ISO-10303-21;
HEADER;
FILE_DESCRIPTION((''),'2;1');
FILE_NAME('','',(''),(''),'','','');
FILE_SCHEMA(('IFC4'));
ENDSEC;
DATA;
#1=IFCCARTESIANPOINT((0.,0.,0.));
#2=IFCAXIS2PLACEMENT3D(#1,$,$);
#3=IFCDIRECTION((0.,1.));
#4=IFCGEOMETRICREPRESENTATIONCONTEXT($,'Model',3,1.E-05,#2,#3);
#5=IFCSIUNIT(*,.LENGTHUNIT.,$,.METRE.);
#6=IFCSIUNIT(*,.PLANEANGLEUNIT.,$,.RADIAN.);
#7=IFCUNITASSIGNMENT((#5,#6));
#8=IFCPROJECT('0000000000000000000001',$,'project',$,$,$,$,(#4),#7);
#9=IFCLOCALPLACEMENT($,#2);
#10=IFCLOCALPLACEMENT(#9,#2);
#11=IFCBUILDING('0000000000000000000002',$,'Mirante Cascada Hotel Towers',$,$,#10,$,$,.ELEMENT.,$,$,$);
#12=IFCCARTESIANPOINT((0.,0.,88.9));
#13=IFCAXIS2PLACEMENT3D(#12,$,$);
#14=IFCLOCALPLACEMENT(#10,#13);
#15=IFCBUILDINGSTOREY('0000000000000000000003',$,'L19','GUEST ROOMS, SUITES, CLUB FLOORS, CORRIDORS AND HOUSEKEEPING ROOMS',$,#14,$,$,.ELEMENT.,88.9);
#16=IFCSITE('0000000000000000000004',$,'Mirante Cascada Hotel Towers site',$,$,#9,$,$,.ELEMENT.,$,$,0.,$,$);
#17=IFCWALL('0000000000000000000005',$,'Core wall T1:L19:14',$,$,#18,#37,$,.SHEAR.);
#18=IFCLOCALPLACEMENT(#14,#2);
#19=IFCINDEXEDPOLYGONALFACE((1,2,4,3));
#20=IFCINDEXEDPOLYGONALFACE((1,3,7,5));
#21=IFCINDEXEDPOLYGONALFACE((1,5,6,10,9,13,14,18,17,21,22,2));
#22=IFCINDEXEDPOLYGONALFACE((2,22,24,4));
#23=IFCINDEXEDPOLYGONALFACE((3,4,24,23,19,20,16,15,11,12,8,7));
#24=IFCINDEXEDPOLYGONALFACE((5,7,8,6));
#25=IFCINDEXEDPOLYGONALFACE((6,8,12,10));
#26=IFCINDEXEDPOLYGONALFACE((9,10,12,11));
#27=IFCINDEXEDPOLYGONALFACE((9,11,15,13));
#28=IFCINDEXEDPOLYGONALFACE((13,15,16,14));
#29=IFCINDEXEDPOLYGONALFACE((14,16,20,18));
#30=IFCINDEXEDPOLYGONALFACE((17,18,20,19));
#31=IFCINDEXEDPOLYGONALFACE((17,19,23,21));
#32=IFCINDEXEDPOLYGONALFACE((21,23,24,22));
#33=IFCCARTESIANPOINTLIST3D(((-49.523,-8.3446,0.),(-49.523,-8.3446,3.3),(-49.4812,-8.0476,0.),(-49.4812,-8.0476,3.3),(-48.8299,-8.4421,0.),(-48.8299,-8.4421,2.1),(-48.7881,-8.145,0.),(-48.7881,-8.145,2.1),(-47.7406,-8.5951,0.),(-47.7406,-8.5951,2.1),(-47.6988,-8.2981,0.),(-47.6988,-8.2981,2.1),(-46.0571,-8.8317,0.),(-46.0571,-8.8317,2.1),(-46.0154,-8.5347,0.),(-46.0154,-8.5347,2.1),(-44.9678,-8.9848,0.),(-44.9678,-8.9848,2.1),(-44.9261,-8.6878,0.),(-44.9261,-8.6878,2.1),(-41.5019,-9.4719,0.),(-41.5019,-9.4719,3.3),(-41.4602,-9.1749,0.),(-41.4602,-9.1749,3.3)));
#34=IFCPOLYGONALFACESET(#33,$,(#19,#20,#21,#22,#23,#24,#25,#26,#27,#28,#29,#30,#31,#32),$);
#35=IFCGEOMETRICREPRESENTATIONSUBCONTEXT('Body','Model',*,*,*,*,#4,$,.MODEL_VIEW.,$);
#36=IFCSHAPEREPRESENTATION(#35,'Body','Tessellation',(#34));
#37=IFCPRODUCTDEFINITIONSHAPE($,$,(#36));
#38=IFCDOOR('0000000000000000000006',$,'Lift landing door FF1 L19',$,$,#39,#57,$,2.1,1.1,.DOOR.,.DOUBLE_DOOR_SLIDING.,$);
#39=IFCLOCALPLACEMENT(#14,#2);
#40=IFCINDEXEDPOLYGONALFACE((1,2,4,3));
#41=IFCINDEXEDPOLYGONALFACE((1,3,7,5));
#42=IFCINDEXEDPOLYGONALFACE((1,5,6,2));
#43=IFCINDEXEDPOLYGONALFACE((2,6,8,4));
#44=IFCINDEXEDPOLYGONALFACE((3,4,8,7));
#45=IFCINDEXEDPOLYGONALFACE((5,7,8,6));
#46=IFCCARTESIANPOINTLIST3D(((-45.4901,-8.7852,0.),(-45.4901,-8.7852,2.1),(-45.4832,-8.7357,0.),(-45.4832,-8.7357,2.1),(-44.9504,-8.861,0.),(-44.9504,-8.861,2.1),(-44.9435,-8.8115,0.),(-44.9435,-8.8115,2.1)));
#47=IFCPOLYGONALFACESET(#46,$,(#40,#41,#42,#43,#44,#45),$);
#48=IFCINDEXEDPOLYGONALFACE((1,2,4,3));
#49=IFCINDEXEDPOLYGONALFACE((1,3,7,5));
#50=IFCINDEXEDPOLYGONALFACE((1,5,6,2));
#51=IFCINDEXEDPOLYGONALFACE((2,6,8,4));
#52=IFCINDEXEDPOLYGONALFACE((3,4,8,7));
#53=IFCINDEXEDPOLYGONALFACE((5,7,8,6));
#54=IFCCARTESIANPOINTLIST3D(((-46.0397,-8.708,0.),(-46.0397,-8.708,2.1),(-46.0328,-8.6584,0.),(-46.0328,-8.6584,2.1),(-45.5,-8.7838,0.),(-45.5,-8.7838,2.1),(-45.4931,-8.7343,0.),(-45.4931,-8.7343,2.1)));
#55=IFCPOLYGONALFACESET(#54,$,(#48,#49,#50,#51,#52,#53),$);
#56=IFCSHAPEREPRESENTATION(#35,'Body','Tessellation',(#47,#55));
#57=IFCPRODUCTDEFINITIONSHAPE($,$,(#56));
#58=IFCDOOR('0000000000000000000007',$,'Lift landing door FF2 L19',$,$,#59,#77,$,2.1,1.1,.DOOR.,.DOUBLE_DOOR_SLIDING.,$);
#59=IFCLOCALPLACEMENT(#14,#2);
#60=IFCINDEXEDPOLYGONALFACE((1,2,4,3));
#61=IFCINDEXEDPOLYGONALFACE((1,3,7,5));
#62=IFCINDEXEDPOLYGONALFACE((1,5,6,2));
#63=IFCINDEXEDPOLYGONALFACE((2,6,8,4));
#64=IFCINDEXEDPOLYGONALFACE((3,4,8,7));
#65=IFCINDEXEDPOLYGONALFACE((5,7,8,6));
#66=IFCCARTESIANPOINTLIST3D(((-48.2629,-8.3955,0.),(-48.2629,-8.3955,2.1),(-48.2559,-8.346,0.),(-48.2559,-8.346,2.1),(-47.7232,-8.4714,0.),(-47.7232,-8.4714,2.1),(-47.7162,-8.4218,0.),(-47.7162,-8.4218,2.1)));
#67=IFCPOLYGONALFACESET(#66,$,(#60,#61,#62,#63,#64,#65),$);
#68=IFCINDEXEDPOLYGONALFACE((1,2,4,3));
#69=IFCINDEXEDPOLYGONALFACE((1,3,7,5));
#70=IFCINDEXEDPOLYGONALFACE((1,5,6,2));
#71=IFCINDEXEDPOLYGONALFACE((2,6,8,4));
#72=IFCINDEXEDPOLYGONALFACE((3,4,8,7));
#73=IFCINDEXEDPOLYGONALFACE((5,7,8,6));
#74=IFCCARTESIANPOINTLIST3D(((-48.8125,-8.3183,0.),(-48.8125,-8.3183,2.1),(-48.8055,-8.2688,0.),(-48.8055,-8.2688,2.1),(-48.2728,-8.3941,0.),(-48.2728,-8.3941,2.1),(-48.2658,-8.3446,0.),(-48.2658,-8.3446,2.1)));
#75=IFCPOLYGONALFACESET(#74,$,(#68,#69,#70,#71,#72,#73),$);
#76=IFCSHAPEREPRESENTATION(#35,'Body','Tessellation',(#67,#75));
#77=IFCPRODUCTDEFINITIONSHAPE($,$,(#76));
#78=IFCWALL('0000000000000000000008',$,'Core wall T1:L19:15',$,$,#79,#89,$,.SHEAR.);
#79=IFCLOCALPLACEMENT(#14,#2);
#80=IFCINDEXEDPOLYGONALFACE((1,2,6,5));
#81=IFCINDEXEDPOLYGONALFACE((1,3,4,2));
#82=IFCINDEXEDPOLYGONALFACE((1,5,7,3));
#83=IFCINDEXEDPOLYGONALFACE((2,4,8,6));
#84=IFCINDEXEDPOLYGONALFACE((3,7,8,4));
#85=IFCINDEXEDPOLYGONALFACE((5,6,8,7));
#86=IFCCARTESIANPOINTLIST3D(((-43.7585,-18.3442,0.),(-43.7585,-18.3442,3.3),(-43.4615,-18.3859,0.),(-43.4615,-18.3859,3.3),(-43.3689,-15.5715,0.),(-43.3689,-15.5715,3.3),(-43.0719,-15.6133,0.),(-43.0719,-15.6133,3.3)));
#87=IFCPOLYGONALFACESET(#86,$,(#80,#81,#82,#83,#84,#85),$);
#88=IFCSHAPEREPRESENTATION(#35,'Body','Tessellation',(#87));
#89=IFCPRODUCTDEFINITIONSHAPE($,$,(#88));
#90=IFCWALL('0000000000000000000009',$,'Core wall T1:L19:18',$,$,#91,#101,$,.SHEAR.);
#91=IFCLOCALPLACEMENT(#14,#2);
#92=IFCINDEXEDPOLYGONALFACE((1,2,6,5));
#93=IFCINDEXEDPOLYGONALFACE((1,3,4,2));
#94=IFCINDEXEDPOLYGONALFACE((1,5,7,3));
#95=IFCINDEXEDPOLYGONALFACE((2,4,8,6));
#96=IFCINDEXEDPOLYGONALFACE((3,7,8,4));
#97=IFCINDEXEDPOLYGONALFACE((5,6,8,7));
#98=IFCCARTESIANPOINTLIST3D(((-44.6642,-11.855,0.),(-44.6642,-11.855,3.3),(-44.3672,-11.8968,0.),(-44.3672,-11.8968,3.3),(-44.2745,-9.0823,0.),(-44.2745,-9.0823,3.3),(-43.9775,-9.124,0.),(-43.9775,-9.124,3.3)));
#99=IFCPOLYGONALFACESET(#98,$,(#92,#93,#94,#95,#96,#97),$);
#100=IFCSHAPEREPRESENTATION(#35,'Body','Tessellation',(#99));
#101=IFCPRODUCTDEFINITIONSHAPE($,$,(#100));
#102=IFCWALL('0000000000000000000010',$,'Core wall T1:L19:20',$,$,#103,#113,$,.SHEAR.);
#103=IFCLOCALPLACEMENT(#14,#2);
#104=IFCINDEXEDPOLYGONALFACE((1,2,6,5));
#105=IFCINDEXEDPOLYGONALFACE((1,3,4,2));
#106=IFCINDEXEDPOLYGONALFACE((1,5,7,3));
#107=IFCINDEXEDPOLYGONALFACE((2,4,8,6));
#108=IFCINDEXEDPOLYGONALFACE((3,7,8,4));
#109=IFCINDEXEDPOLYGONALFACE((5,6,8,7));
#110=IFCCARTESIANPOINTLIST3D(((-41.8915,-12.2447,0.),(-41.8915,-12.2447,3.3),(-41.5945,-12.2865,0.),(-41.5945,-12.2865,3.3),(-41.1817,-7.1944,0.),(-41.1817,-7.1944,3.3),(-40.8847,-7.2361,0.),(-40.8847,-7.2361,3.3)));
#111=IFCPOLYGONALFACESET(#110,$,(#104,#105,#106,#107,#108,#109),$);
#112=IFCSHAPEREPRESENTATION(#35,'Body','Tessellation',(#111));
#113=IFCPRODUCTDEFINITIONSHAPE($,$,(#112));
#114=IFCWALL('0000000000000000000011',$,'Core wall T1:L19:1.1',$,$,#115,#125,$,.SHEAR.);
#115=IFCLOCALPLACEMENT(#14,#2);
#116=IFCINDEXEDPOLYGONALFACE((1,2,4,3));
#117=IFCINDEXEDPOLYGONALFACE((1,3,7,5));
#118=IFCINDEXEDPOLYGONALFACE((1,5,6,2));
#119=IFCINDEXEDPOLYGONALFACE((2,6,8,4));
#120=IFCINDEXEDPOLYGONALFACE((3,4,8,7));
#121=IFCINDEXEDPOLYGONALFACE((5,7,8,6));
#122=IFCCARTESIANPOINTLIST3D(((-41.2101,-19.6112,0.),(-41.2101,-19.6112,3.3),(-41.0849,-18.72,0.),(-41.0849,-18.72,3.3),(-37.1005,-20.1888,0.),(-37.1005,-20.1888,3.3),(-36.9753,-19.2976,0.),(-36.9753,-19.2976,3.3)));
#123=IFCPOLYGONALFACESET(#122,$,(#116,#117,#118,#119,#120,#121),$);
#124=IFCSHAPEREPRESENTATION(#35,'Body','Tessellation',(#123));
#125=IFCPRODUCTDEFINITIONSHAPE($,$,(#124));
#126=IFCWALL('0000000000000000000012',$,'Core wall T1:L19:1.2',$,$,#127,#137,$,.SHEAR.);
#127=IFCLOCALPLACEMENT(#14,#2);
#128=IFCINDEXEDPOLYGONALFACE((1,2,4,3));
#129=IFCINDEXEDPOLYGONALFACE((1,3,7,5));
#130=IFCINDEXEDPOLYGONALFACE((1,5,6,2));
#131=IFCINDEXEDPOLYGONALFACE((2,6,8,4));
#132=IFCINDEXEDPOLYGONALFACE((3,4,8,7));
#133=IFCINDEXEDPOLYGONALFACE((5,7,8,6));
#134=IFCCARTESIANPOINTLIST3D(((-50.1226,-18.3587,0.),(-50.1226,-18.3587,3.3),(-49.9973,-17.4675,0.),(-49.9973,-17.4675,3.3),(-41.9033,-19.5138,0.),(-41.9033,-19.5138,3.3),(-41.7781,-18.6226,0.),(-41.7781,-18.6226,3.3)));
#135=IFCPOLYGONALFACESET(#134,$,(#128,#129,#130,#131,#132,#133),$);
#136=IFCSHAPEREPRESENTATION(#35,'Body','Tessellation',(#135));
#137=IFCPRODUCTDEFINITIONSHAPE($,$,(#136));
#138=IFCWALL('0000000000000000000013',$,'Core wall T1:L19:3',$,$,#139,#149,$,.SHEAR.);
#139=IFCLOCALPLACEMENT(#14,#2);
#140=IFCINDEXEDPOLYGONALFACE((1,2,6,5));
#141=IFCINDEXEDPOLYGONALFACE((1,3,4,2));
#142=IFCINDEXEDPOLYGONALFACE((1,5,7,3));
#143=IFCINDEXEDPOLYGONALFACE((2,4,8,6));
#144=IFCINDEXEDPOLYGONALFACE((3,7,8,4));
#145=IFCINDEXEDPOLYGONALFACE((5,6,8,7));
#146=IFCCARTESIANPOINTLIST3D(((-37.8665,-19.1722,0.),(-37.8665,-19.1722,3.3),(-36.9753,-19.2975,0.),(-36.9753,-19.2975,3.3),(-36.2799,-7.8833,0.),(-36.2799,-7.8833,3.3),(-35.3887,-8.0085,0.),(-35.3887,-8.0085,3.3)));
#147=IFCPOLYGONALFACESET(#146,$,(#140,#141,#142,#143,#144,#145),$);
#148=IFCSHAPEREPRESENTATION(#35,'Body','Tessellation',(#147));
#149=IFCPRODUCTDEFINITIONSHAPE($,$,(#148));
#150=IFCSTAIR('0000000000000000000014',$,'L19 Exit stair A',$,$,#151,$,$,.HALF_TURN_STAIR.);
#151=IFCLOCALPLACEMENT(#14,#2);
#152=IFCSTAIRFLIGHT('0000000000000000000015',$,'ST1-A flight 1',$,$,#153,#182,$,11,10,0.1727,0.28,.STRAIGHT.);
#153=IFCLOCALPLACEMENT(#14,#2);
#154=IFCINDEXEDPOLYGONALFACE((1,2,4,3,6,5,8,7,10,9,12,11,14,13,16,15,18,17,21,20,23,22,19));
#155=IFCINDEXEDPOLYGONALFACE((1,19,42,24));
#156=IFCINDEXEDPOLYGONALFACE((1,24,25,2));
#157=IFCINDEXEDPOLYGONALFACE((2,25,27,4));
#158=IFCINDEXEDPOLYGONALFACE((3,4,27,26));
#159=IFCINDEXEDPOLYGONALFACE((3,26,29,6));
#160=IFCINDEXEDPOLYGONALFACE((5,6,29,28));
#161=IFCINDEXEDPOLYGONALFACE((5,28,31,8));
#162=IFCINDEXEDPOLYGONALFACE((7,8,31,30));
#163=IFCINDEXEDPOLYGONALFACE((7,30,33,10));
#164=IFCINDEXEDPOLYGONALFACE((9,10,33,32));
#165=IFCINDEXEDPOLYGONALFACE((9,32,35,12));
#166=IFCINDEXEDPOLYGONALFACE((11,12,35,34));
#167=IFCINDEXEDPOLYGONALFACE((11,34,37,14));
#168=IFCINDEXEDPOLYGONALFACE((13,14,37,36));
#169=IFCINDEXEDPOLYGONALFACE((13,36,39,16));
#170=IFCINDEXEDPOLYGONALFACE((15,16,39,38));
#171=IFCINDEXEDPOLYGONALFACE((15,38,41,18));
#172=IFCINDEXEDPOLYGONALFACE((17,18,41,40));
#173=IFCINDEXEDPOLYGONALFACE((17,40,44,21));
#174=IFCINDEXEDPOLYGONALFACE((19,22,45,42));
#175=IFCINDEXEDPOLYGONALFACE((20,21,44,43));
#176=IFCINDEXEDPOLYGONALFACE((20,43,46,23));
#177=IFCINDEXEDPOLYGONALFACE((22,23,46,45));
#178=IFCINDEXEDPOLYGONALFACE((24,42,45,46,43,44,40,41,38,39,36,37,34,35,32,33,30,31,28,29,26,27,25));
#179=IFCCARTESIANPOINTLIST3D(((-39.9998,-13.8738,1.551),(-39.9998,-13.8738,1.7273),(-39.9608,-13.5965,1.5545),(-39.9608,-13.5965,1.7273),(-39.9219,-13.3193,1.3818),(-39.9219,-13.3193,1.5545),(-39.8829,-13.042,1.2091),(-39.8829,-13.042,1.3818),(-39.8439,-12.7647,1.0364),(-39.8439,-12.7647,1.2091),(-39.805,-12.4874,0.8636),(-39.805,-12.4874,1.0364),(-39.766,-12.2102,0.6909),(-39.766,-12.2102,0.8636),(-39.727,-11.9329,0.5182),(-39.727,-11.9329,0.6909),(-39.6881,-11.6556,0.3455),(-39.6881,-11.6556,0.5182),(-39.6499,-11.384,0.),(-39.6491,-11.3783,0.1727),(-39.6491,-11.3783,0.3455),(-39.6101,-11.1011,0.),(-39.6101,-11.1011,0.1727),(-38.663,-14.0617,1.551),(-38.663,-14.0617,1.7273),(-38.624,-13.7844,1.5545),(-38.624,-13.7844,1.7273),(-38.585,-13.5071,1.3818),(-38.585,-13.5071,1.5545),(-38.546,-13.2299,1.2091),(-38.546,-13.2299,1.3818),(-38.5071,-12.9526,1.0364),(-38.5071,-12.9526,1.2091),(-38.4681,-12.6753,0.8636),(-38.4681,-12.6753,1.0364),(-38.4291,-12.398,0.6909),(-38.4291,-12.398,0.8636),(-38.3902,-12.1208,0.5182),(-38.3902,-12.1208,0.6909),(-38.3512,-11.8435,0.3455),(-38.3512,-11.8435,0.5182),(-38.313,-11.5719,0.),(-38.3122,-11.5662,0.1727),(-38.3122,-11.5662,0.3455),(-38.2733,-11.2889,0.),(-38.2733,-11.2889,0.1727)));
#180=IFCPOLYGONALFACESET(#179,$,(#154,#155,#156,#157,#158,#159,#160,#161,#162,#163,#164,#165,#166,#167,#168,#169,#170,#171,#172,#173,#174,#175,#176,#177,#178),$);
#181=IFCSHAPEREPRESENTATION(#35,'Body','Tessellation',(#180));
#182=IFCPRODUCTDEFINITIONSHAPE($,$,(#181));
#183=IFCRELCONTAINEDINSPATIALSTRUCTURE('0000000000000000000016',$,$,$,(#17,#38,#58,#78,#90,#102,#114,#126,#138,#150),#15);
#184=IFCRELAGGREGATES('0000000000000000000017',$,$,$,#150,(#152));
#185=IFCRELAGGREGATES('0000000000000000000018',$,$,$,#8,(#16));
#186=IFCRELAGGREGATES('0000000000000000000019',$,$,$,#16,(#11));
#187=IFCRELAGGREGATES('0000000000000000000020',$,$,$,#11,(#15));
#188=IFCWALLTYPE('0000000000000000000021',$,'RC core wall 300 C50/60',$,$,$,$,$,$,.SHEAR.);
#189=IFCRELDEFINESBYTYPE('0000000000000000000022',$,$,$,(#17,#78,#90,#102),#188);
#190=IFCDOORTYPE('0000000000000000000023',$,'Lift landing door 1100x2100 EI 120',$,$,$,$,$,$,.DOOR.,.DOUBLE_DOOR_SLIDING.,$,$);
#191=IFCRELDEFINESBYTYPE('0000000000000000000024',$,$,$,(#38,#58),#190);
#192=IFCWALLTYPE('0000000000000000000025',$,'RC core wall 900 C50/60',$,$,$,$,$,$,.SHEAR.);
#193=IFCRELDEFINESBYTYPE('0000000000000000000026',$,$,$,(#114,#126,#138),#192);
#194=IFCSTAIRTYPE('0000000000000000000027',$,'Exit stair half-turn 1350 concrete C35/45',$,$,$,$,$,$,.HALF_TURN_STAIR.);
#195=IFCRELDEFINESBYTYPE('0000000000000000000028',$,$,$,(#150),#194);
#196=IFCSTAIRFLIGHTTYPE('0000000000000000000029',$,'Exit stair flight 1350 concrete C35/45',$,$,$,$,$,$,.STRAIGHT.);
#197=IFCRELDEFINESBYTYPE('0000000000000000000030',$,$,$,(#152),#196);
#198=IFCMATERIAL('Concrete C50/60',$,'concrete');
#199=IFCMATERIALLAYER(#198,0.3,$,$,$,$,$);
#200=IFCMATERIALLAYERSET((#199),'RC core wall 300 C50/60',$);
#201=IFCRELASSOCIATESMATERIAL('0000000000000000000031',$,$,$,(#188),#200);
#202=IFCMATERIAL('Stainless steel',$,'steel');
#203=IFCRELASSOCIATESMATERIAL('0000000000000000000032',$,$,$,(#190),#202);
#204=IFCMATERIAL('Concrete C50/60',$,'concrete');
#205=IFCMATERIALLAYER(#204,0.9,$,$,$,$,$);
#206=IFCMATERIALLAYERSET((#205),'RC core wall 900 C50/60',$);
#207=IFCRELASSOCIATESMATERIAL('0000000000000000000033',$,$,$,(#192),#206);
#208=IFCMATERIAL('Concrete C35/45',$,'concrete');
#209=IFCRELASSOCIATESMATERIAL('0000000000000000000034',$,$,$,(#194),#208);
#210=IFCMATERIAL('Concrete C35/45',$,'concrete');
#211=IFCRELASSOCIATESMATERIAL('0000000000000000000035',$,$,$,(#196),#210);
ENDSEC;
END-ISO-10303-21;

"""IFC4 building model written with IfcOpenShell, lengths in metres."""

from ifc_helpers import new_model, si_unit, direction, frame, frame_2d, origin, place, context, subcontext, project, spatial, polyline, rectangle, outline, extrude, material, layer, layer_set, type_object, element, fill, aggregate, save


model = new_model("IFC4")

# Units and contexts
model_context = context("Model", 3, precision=1e-05, world=origin(), true_north=direction((0.0, 1.0)))
body_context = subcontext(model_context, "Body", "Model", "MODEL_VIEW")
ifc_project = project(units=[si_unit("LENGTHUNIT", "METRE"), si_unit("PLANEANGLEUNIT", "RADIAN")], contexts=[model_context])

# Site, building, storey
site_placement = place(None, origin())
site = spatial("IfcSite", under=ifc_project, at=site_placement, Name="Mirante Cascada Hotel Towers site", CompositionType="ELEMENT", RefElevation=0.0)
building_placement = place(site_placement, origin())
building = spatial("IfcBuilding", under=site, at=building_placement, Name="Mirante Cascada Hotel Towers", CompositionType="ELEMENT")
storey_placement = place(building_placement, frame((0.0, 0.0, 88.9)))
storey = spatial("IfcBuildingStorey", under=building, at=storey_placement, Name="L19", Description="GUEST ROOMS, SUITES, CLUB FLOORS, CORRIDORS AND HOUSEKEEPING ROOMS", CompositionType="ELEMENT", Elevation=88.9)

# Shared definitions
ifc_material_1 = material(Name="Concrete C50/60", Category="concrete")
ifc_layer_1 = layer(ifc_material_1, 0.3)
ifc_layer_set_1 = layer_set([ifc_layer_1], Name="RC core wall 300 C50/60")
wall_type_1 = type_object("IfcWallType", Name="RC core wall 300 C50/60", PredefinedType="SHEAR", material=ifc_layer_set_1)

# Shared definitions
ifc_material_2 = material(Name="Stainless steel", Category="steel")
door_type_1 = type_object("IfcDoorType", Name="Lift landing door 1100x2100 EI 120", OperationType="DOUBLE_DOOR_SLIDING", PredefinedType="DOOR", material=ifc_material_2)

# Wall, openings, doors
wall_1_placement = place(storey_placement, frame((-41.481, -9.3234, 0.0), z_axis=(0.0, 0.0, 1.0), x_axis=(-0.990268, 0.139174, 0.0)))
wall_1 = element("IfcWall", 1, at=wall_1_placement, inside=storey, type_object=wall_type_1, Name="Core wall T1:L19:14", PredefinedType="SHEAR", context=body_context, shape_type="SweptSolid", body=[
    extrude(rectangle(XDim=8.0999, YDim=0.3, at=frame_2d((4.05, 0.0))), origin(), (0.0, 0.0, 1.0), 3.3),
])
opening_1_placement = place(wall_1_placement, frame((3.5, 0.0, 0.0)))
opening_1 = element("IfcOpeningElement", 2, at=opening_1_placement, cuts=wall_1, PredefinedType="OPENING", context=body_context, shape_type="SweptSolid", body=[
    extrude(rectangle(XDim=1.1, YDim=2.1, at=frame_2d((0.55, 1.05))), frame((0.0, 0.15, 0.0), z_axis=(0.0, -1.0, 0.0), x_axis=(1.0, 0.0, 0.0)), (0.0, 0.0, 1.0), 0.3),
])
opening_2_placement = place(wall_1_placement, frame((6.3, 0.0, 0.0)))
opening_2 = element("IfcOpeningElement", 3, at=opening_2_placement, cuts=wall_1, PredefinedType="OPENING", context=body_context, shape_type="SweptSolid", body=[
    extrude(rectangle(XDim=1.1, YDim=2.1, at=frame_2d((0.55, 1.05))), frame((0.0, 0.15, 0.0), z_axis=(0.0, -1.0, 0.0), x_axis=(1.0, 0.0, 0.0)), (0.0, 0.0, 1.0), 0.3),
])
door_1_placement = place(opening_1_placement, origin())
door_1 = element("IfcDoor", 4, at=door_1_placement, inside=storey, type_object=door_type_1, Name="Lift landing door FF1 L19", OperationType="DOUBLE_DOOR_SLIDING", OverallHeight=2.1, OverallWidth=1.1, PredefinedType="DOOR", context=body_context, shape_type="SweptSolid", body=[
    extrude(rectangle(XDim=0.545, YDim=2.1, at=frame_2d((0.2725, 1.05))), frame((0.0, 0.025, 0.0), z_axis=(0.0, -1.0, 0.0), x_axis=(1.0, 0.0, 0.0)), (0.0, 0.0, 1.0), 0.05),
    extrude(rectangle(XDim=0.545, YDim=2.1, at=frame_2d((0.8275, 1.05))), frame((0.0, 0.025, 0.0), z_axis=(0.0, -1.0, 0.0), x_axis=(1.0, 0.0, 0.0)), (0.0, 0.0, 1.0), 0.05),
])
fill(opening_1, door_1)
door_2_placement = place(opening_2_placement, origin())
door_2 = element("IfcDoor", 5, at=door_2_placement, inside=storey, type_object=door_type_1, Name="Lift landing door FF2 L19", OperationType="DOUBLE_DOOR_SLIDING", OverallHeight=2.1, OverallWidth=1.1, PredefinedType="DOOR", context=body_context, shape_type="SweptSolid", body=[
    extrude(rectangle(XDim=0.545, YDim=2.1, at=frame_2d((0.2725, 1.05))), frame((0.0, 0.025, 0.0), z_axis=(0.0, -1.0, 0.0), x_axis=(1.0, 0.0, 0.0)), (0.0, 0.0, 1.0), 0.05),
    extrude(rectangle(XDim=0.545, YDim=2.1, at=frame_2d((0.8275, 1.05))), frame((0.0, 0.025, 0.0), z_axis=(0.0, -1.0, 0.0), x_axis=(1.0, 0.0, 0.0)), (0.0, 0.0, 1.0), 0.05),
])
fill(opening_2, door_2)

# Walls
wall_2_placement = place(storey_placement, frame((-43.61, -18.3651, 0.0), z_axis=(0.0, 0.0, 1.0), x_axis=(0.139146, 0.990272, 0.0)))
element("IfcWall", 6, at=wall_2_placement, inside=storey, type_object=wall_type_1, Name="Core wall T1:L19:15", PredefinedType="SHEAR", context=body_context, shape_type="SweptSolid", body=[
    extrude(rectangle(XDim=2.7999, YDim=0.3, at=frame_2d((1.4, 0.0))), origin(), (0.0, 0.0, 1.0), 3.3),
])
wall_3_placement = place(storey_placement, frame((-44.5157, -11.8759, 0.0), z_axis=(0.0, 0.0, 1.0), x_axis=(0.139181, 0.990267, 0.0)))
element("IfcWall", 7, at=wall_3_placement, inside=storey, type_object=wall_type_1, Name="Core wall T1:L19:18", PredefinedType="SHEAR", context=body_context, shape_type="SweptSolid", body=[
    extrude(rectangle(XDim=2.8, YDim=0.3, at=frame_2d((1.4, 0.0))), origin(), (0.0, 0.0, 1.0), 3.3),
])
wall_4_placement = place(storey_placement, frame((-41.743, -12.2656, 0.0), z_axis=(0.0, 0.0, 1.0), x_axis=(0.139176, 0.990268, 0.0)))
element("IfcWall", 8, at=wall_4_placement, inside=storey, type_object=wall_type_1, Name="Core wall T1:L19:20", PredefinedType="SHEAR", context=body_context, shape_type="SweptSolid", body=[
    extrude(rectangle(XDim=5.1, YDim=0.3, at=frame_2d((2.55, 0.0))), origin(), (0.0, 0.0, 1.0), 3.3),
])
ifc_material_3 = material(Name="Concrete C50/60", Category="concrete")
ifc_layer_2 = layer(ifc_material_3, 0.9)
ifc_layer_set_2 = layer_set([ifc_layer_2], Name="RC core wall 900 C50/60")
wall_type_2 = type_object("IfcWallType", Name="RC core wall 900 C50/60", PredefinedType="SHEAR", material=ifc_layer_set_2)
wall_5_placement = place(storey_placement, frame((-37.0379, -19.7432, 0.0), z_axis=(0.0, 0.0, 1.0), x_axis=(-0.990267, 0.139181, 0.0)))
element("IfcWall", 9, at=wall_5_placement, inside=storey, type_object=wall_type_2, Name="Core wall T1:L19:1.1", PredefinedType="SHEAR", context=body_context, shape_type="SweptSolid", body=[
    extrude(rectangle(XDim=4.15, YDim=0.9, at=frame_2d((2.075, 0.0))), origin(), (0.0, 0.0, 1.0), 3.3),
])
wall_6_placement = place(storey_placement, frame((-41.8407, -19.0682, 0.0), z_axis=(0.0, 0.0, 1.0), x_axis=(-0.990269, 0.139169, 0.0)))
element("IfcWall", 10, at=wall_6_placement, inside=storey, type_object=wall_type_2, Name="Core wall T1:L19:1.2", PredefinedType="SHEAR", context=body_context, shape_type="SweptSolid", body=[
    extrude(rectangle(XDim=8.3, YDim=0.9, at=frame_2d((4.15, 0.0))), origin(), (0.0, 0.0, 1.0), 3.3),
])
wall_7_placement = place(storey_placement, frame((-37.4209, -19.2349, 0.0), z_axis=(0.0, 0.0, 1.0), x_axis=(0.139176, 0.990268, 0.0)))
element("IfcWall", 11, at=wall_7_placement, inside=storey, type_object=wall_type_2, Name="Core wall T1:L19:3", PredefinedType="SHEAR", context=body_context, shape_type="SweptSolid", body=[
    extrude(rectangle(XDim=11.3999, YDim=0.9, at=frame_2d((5.7, 0.0))), origin(), (0.0, 0.0, 1.0), 3.3),
])

# Stair, stair flight
ifc_material_4 = material(Name="Concrete C35/45", Category="concrete")
stair_type = type_object("IfcStairType", Name="Exit stair half-turn 1350 concrete C35/45", PredefinedType="HALF_TURN_STAIR", material=ifc_material_4)
stair_placement = place(storey_placement, origin())
stair = element("IfcStair", 12, at=stair_placement, inside=storey, type_object=stair_type, Name="L19 Exit stair A", PredefinedType="HALF_TURN_STAIR")
ifc_material_5 = material(Name="Concrete C35/45", Category="concrete")
stair_flight_type = type_object("IfcStairFlightType", Name="Exit stair flight 1350 concrete C35/45", PredefinedType="STRAIGHT", material=ifc_material_5)
stair_flight_1_placement = place(storey_placement, frame((-38.9417, -11.195, 0.0), z_axis=(0.0, 0.0, 1.0), x_axis=(-0.139173, -0.990268, 0.0)))
stair_flight_1 = element("IfcStairFlight", 13, at=stair_flight_1_placement, type_object=stair_flight_type, Name="ST1-A flight 1", NumberOfRisers=11, NumberOfTreads=10, PredefinedType="STRAIGHT", RiserHeight=0.1727, TreadLength=0.28, context=body_context, shape_type="SweptSolid", body=[
    extrude(outline(polyline([(0.0, 0.0), (0.0, 0.1727), (0.28, 0.1727), (0.28, 0.3455), (0.56, 0.3455), (0.56, 0.5182), (0.84, 0.5182), (0.84, 0.6909), (1.12, 0.6909), (1.12, 0.8636), (1.4, 0.8636), (1.4, 1.0364), (1.68, 1.0364), (1.68, 1.2091), (1.96, 1.2091), (1.96, 1.3818), (2.24, 1.3818), (2.24, 1.5545), (2.52, 1.5545), (2.52, 1.7273), (2.8, 1.7273), (2.8, 1.9), (2.8, 1.551), (0.2857, 0.0), (0.0, 0.0)])), frame((0.0, 0.675, 0.0), z_axis=(0.0, -1.0, 0.0), x_axis=(1.0, 0.0, 0.0)), (0.0, 0.0, 1.0), 1.35),
])
aggregate(stair, [stair_flight_1])

save(model, "model.ifc")
